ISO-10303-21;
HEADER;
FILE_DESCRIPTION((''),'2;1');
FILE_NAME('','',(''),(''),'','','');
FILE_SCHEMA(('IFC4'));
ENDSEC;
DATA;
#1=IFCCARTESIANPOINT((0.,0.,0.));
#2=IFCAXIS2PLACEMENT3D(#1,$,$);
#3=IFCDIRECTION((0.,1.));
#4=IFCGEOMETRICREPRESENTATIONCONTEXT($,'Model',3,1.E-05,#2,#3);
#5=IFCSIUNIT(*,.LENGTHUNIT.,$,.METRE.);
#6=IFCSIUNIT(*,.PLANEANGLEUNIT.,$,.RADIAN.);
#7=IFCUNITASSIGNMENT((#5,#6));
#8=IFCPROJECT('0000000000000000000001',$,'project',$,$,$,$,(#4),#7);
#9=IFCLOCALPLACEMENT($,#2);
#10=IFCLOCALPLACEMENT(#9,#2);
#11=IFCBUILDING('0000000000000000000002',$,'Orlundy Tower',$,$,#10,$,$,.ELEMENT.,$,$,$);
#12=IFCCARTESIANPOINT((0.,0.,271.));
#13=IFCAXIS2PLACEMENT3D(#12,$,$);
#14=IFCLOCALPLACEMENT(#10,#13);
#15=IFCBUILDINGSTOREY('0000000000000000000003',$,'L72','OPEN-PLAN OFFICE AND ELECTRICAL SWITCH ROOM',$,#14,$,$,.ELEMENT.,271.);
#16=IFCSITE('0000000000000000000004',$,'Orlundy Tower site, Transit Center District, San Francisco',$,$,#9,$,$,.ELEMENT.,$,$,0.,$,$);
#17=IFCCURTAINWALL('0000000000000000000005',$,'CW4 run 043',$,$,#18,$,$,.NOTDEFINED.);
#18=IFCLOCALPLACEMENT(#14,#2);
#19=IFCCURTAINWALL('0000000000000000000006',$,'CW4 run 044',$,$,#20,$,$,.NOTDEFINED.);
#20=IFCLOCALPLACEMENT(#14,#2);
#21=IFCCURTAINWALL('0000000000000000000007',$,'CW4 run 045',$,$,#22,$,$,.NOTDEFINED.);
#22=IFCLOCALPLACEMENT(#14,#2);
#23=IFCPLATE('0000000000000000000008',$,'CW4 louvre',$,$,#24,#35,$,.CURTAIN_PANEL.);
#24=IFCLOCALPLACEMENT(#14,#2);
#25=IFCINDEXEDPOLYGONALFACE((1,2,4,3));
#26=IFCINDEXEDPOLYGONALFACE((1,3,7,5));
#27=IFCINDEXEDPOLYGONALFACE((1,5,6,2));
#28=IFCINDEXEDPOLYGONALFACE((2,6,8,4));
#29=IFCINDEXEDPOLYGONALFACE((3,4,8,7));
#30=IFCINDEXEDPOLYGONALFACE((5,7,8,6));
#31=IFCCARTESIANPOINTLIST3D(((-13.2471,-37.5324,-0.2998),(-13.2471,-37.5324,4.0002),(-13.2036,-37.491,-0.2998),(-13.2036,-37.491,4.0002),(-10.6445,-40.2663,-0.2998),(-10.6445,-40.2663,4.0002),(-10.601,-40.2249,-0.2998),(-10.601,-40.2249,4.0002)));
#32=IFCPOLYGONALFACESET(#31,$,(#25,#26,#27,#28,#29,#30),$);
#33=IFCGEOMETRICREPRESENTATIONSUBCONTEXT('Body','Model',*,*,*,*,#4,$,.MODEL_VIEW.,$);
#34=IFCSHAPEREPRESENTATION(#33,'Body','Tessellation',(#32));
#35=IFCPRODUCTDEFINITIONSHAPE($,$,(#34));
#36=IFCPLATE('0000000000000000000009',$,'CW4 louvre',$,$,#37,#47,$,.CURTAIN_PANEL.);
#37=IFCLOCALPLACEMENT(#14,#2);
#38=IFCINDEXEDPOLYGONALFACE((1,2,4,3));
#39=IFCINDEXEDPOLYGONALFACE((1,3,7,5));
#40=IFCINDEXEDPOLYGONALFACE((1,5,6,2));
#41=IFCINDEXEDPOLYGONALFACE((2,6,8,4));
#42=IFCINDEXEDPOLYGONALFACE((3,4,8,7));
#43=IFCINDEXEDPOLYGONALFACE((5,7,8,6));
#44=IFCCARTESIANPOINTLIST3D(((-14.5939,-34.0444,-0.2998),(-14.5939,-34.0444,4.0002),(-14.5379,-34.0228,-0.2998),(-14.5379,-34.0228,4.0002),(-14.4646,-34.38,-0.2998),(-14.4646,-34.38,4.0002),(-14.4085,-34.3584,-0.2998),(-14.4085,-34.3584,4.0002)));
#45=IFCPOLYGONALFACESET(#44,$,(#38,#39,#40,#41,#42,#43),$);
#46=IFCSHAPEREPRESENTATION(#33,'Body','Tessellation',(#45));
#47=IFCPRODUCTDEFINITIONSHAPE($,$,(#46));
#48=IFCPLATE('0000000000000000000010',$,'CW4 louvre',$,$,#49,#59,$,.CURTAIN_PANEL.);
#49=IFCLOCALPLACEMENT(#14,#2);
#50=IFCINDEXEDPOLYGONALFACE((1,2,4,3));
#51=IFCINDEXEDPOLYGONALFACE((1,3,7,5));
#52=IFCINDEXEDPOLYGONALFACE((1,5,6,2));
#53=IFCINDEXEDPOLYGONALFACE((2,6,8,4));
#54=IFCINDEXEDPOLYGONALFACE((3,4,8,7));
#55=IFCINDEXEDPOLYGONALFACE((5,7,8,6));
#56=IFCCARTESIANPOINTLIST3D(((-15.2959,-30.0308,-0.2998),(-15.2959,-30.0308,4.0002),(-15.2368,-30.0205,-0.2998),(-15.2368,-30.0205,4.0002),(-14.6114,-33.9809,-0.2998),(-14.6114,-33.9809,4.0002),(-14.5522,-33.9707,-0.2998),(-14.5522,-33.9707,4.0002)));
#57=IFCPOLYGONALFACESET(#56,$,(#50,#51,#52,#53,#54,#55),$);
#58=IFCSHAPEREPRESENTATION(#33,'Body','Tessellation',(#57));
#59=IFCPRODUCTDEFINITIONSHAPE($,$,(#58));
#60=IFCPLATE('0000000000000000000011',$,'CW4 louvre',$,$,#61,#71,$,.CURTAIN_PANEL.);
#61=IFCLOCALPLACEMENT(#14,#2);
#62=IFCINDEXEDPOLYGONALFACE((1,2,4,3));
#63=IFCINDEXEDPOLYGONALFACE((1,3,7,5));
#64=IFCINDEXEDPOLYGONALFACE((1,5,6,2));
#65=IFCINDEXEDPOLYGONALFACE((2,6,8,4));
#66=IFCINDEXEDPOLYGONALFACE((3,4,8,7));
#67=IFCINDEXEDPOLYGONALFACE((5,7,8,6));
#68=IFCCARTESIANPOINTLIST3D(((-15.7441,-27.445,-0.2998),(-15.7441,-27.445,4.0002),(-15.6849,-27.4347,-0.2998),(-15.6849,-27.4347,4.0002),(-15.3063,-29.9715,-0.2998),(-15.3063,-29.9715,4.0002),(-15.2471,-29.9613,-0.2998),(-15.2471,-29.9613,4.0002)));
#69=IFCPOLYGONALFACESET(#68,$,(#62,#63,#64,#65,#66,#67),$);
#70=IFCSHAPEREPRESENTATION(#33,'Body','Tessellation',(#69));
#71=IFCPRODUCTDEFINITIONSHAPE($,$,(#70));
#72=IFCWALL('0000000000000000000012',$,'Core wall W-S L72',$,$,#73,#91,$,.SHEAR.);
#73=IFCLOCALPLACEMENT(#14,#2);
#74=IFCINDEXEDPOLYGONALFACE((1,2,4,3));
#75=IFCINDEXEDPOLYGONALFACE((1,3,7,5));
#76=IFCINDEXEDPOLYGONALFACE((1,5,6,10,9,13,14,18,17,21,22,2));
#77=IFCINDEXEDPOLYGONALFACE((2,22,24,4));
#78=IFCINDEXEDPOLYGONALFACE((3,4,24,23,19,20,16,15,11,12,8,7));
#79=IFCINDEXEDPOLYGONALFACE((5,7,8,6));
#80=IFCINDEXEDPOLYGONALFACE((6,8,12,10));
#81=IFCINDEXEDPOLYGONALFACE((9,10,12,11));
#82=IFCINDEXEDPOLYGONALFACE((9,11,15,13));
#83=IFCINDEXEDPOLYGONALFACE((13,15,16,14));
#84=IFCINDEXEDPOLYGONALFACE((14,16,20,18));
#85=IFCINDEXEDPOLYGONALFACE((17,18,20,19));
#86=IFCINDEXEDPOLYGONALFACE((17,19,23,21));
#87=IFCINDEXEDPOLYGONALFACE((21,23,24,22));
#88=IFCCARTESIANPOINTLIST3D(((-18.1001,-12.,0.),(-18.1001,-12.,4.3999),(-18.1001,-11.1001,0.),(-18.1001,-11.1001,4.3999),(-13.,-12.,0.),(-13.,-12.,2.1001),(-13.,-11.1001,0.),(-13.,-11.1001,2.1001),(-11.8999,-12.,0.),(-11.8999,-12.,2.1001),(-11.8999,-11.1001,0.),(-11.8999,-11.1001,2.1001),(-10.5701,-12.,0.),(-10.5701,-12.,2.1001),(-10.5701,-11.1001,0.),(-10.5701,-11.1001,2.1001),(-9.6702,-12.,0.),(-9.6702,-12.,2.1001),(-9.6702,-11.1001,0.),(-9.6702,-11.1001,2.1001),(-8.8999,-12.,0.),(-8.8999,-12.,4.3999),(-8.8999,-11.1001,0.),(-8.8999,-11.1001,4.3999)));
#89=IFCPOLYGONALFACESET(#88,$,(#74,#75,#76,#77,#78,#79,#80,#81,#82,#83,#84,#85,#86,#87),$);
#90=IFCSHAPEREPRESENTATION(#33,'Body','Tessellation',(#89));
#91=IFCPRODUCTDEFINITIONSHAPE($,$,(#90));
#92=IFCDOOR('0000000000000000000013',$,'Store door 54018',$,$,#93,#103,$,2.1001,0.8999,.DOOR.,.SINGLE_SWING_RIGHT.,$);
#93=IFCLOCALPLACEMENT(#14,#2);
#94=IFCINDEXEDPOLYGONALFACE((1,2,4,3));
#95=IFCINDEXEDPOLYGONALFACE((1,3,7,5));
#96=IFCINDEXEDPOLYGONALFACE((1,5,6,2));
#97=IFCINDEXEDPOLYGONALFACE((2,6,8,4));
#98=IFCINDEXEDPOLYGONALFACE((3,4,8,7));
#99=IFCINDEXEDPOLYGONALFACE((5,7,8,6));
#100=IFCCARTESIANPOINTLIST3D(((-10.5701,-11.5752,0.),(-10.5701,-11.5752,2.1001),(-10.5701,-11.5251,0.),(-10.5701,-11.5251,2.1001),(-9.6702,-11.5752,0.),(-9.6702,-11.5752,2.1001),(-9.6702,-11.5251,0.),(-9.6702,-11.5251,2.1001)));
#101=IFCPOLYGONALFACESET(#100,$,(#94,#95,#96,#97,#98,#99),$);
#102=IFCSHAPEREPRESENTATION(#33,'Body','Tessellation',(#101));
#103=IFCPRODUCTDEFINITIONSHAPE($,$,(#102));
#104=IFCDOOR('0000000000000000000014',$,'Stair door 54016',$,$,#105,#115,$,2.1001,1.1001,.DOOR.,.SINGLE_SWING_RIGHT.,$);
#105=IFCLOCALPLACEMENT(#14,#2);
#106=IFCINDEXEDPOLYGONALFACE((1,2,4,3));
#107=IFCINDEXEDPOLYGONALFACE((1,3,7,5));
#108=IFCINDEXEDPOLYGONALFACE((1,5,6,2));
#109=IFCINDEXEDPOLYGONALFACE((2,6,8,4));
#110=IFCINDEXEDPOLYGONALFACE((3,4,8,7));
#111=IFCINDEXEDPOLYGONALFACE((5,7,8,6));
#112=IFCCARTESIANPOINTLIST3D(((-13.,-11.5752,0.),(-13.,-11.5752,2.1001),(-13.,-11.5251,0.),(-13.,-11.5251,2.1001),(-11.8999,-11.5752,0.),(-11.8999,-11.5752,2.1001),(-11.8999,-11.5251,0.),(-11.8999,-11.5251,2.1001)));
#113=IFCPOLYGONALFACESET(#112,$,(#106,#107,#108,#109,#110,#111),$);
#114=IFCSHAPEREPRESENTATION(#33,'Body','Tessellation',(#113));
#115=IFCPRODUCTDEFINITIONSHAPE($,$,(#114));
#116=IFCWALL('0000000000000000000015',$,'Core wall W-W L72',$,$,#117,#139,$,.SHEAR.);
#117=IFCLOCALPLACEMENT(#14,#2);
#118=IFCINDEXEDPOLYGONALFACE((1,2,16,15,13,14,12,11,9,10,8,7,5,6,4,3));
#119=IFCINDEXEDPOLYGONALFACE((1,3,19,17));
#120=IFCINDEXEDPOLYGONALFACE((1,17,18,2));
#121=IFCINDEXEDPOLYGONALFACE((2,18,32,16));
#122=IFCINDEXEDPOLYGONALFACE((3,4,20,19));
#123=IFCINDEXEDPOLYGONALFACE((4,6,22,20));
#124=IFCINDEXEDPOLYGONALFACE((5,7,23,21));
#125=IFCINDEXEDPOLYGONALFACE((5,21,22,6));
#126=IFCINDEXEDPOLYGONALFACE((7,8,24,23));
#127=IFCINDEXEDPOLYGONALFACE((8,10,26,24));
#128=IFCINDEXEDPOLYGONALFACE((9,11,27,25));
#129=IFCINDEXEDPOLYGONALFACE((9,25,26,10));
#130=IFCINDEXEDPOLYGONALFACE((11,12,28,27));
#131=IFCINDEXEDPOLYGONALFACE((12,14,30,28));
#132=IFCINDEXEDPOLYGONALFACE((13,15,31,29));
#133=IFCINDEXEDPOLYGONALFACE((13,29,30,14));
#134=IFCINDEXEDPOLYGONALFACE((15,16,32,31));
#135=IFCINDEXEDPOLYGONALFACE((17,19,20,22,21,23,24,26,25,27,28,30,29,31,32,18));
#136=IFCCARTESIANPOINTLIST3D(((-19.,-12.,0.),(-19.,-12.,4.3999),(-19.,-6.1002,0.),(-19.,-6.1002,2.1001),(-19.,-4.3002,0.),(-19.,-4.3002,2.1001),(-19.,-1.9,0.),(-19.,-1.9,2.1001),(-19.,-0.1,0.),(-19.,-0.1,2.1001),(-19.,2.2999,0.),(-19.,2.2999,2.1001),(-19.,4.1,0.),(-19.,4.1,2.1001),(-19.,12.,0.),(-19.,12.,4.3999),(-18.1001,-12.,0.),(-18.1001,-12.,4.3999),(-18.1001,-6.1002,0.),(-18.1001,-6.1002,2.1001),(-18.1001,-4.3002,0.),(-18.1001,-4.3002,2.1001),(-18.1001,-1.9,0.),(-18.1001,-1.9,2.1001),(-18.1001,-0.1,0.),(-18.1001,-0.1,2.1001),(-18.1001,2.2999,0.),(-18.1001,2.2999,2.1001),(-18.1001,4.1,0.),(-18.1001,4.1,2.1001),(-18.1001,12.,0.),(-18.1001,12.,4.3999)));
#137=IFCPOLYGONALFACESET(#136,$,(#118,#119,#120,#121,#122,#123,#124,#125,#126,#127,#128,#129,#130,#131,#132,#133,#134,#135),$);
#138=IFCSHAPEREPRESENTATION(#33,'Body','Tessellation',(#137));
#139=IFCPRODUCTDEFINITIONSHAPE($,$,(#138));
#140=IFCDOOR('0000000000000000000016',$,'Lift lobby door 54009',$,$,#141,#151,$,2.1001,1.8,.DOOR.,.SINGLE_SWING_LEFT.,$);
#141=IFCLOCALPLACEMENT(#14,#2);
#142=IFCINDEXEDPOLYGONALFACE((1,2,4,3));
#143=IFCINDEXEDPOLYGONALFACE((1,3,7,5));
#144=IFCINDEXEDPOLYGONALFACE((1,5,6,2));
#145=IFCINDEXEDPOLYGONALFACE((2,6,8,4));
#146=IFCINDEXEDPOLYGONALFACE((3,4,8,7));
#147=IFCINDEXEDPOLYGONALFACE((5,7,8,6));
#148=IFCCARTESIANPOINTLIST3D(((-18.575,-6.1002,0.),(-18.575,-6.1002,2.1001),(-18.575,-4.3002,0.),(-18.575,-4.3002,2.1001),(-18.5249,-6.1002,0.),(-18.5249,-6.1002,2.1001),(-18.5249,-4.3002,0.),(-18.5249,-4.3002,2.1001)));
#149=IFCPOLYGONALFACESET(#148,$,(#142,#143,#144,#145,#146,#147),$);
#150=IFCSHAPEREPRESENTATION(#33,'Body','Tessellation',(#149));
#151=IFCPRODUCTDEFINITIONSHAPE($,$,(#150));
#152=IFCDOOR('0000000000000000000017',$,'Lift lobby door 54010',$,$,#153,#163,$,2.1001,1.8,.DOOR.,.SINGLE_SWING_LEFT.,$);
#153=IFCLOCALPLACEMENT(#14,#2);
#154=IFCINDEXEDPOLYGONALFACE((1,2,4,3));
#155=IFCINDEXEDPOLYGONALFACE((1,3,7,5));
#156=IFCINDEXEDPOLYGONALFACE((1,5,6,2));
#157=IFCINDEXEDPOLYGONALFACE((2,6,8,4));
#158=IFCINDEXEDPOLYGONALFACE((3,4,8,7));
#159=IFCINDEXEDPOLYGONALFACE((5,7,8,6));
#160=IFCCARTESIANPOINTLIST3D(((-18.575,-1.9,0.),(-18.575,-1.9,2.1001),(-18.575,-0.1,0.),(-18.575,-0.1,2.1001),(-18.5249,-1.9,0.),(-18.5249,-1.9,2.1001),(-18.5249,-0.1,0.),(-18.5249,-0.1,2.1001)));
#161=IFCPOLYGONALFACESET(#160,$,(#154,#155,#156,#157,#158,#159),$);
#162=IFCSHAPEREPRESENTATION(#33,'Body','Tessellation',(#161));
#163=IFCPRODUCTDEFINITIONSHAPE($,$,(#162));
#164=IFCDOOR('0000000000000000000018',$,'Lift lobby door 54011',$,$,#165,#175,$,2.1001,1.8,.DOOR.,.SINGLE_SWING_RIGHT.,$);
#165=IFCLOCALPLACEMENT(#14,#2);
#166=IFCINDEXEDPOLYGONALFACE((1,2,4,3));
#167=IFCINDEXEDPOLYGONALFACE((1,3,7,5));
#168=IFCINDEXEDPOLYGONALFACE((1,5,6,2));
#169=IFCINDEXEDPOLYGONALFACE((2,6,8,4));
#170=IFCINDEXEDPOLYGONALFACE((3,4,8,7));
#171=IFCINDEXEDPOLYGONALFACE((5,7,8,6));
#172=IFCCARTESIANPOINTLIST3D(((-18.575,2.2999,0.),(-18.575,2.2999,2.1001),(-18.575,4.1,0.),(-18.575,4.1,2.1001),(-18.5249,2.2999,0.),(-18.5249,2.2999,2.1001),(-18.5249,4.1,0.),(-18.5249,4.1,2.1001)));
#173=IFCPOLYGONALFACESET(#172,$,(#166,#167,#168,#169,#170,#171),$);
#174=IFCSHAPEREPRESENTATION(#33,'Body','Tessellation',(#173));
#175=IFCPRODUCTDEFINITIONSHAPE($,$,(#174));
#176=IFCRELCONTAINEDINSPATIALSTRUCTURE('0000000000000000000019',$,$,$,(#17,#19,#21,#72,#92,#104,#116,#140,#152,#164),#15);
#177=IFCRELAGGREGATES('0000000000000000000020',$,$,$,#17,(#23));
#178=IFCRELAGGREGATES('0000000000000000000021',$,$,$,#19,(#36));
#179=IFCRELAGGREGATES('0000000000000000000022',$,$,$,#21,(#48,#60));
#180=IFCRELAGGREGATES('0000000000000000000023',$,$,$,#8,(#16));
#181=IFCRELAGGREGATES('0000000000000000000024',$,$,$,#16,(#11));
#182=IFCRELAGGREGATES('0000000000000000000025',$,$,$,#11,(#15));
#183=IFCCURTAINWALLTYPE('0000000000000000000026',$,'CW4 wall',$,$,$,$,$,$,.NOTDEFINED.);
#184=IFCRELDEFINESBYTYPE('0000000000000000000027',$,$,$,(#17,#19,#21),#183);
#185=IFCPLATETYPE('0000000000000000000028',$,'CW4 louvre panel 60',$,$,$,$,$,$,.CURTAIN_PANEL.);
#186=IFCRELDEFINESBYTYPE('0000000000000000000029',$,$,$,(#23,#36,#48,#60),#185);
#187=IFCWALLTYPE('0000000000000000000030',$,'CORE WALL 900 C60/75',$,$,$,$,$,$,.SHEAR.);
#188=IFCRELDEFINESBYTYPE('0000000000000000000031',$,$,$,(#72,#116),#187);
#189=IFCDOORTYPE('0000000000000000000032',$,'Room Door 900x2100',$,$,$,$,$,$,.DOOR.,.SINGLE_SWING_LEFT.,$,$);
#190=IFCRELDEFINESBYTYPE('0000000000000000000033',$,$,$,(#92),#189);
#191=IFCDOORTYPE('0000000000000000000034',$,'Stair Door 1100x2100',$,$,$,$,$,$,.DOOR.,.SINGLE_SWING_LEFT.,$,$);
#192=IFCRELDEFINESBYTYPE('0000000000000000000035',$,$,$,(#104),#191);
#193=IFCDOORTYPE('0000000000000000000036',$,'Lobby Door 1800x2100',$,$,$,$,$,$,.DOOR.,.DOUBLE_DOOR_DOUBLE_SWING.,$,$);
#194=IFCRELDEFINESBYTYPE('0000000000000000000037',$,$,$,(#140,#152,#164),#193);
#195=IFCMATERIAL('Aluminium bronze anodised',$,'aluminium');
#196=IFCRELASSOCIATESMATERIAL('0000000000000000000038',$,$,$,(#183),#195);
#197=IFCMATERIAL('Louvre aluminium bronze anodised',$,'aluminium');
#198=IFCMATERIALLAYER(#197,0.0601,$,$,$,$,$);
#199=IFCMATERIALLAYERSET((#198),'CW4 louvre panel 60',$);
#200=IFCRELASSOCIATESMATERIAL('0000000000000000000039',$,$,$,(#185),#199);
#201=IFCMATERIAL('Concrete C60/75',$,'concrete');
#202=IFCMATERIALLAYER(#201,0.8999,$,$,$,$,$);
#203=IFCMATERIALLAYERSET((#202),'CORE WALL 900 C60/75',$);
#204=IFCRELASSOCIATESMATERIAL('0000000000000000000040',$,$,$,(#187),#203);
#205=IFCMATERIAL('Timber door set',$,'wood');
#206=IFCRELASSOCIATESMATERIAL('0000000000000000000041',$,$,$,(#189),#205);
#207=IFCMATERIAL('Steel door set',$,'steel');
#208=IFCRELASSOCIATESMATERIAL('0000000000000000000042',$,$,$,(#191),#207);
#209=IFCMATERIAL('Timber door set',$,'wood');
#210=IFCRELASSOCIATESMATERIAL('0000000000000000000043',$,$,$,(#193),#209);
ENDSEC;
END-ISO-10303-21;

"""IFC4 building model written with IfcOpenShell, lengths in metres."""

from ifc_helpers import new_model, si_unit, direction, frame, frame_2d, origin, origin_2d, place, context, subcontext, project, spatial, rectangle, extrude, material, layer, layer_set, type_object, element, fill, aggregate, save


model = new_model("IFC4")

# Units and contexts
model_context = context("Model", 3, precision=1e-05, world=origin(), true_north=direction((0.0, 1.0)))
body_context = subcontext(model_context, "Body", "Model", "MODEL_VIEW")
ifc_project = project(units=[si_unit("LENGTHUNIT", "METRE"), si_unit("PLANEANGLEUNIT", "RADIAN")], contexts=[model_context])

# Site, building, storey
site_placement = place(None, origin())
site = spatial("IfcSite", under=ifc_project, at=site_placement, Name="Orlundy Tower site, Transit Center District, San Francisco", CompositionType="ELEMENT", RefElevation=0.0)
building_placement = place(site_placement, origin())
building = spatial("IfcBuilding", under=site, at=building_placement, Name="Orlundy Tower", CompositionType="ELEMENT")
storey_placement = place(building_placement, frame((0.0, 0.0, 271.0)))
storey = spatial("IfcBuildingStorey", under=building, at=storey_placement, Name="L72", Description="OPEN-PLAN OFFICE AND ELECTRICAL SWITCH ROOM", CompositionType="ELEMENT", Elevation=271.0)

# Curtain wall
ifc_material_1 = material(Name="Aluminium bronze anodised", Category="aluminium")
curtain_wall_type = type_object("IfcCurtainWallType", Name="CW4 wall", PredefinedType="NOTDEFINED", material=ifc_material_1)
curtain_wall_1_placement = place(storey_placement, origin())
curtain_wall_1 = element("IfcCurtainWall", 1, at=curtain_wall_1_placement, inside=storey, type_object=curtain_wall_type, Name="CW4 run 043", PredefinedType="NOTDEFINED")

# Curtain wall
curtain_wall_2_placement = place(storey_placement, origin())
curtain_wall_2 = element("IfcCurtainWall", 2, at=curtain_wall_2_placement, inside=storey, type_object=curtain_wall_type, Name="CW4 run 044", PredefinedType="NOTDEFINED")

# Curtain wall
curtain_wall_3_placement = place(storey_placement, origin())
curtain_wall_3 = element("IfcCurtainWall", 3, at=curtain_wall_3_placement, inside=storey, type_object=curtain_wall_type, Name="CW4 run 045", PredefinedType="NOTDEFINED")

# Shared definitions
ifc_material_2 = material(Name="Louvre aluminium bronze anodised", Category="aluminium")
ifc_layer_1 = layer(ifc_material_2, 0.0601)
ifc_layer_set_1 = layer_set([ifc_layer_1], Name="CW4 louvre panel 60")
plate_type = type_object("IfcPlateType", Name="CW4 louvre panel 60", PredefinedType="CURTAIN_PANEL", material=ifc_layer_set_1)

# Plates
plate_1_placement = place(storey_placement, frame((-11.9241, -38.8787, -0.2998), z_axis=(0.0, 0.0, 1.0), x_axis=(-0.689493, 0.724292, 0.0)))
plate_1 = element("IfcPlate", 4, at=plate_1_placement, type_object=plate_type, Name="CW4 louvre", PredefinedType="CURTAIN_PANEL", context=body_context, shape_type="SweptSolid", body=[
    extrude(rectangle(XDim=3.7747, YDim=0.0601, at=origin_2d()), origin(), (0.0, 0.0, 1.0), 4.3),
])
aggregate(curtain_wall_1, [plate_1])
plate_2_placement = place(storey_placement, frame((-14.5012, -34.2014, -0.2998), z_axis=(0.0, 0.0, 1.0), x_axis=(-0.359594, 0.933109, 0.0)))
plate_2 = element("IfcPlate", 5, at=plate_2_placement, type_object=plate_type, Name="CW4 louvre", PredefinedType="CURTAIN_PANEL", context=body_context, shape_type="SweptSolid", body=[
    extrude(rectangle(XDim=0.3596, YDim=0.0601, at=origin_2d()), origin(), (0.0, 0.0, 1.0), 4.3),
])
aggregate(curtain_wall_2, [plate_2])
plate_3_placement = place(storey_placement, frame((-14.9241, -32.0007, -0.2998), z_axis=(0.0, 0.0, 1.0), x_axis=(-0.170758, 0.985313, 0.0)))
plate_3 = element("IfcPlate", 6, at=plate_3_placement, type_object=plate_type, Name="CW4 louvre", PredefinedType="CURTAIN_PANEL", context=body_context, shape_type="SweptSolid", body=[
    extrude(rectangle(XDim=4.009, YDim=0.0601, at=origin_2d()), origin(), (0.0, 0.0, 1.0), 4.3),
])
plate_4_placement = place(storey_placement, frame((-15.4956, -28.7031, -0.2998), z_axis=(0.0, 0.0, 1.0), x_axis=(-0.170758, 0.985313, 0.0)))
plate_4 = element("IfcPlate", 7, at=plate_4_placement, type_object=plate_type, Name="CW4 louvre", PredefinedType="CURTAIN_PANEL", context=body_context, shape_type="SweptSolid", body=[
    extrude(rectangle(XDim=2.5642, YDim=0.0601, at=origin_2d()), origin(), (0.0, 0.0, 1.0), 4.3),
])
aggregate(curtain_wall_3, [plate_3, plate_4])

# Walls, openings, doors
ifc_material_3 = material(Name="Concrete C60/75", Category="concrete")
ifc_layer_2 = layer(ifc_material_3, 0.8999)
ifc_layer_set_2 = layer_set([ifc_layer_2], Name="CORE WALL 900 C60/75")
wall_type = type_object("IfcWallType", Name="CORE WALL 900 C60/75", PredefinedType="SHEAR", material=ifc_layer_set_2)
wall_1_placement = place(storey_placement, frame((-18.1001, -11.55, 0.0), z_axis=(0.0, 0.0, 1.0), x_axis=(1.0, 0.0, 0.0)))
wall_1 = element("IfcWall", 8, at=wall_1_placement, inside=storey, type_object=wall_type, Name="Core wall W-S L72", PredefinedType="SHEAR", context=body_context, shape_type="SweptSolid", body=[
    extrude(rectangle(XDim=9.2002, YDim=0.8999, at=frame_2d((4.6001, 0.0))), origin(), (0.0, 0.0, 1.0), 4.3999),
])
opening_1_placement = place(wall_1_placement, frame((5.1001, 0.0, 0.0)))
opening_1 = element("IfcOpeningElement", 9, at=opening_1_placement, cuts=wall_1, PredefinedType="OPENING", context=body_context, shape_type="SweptSolid", body=[
    extrude(rectangle(XDim=1.1001, YDim=2.1001, at=frame_2d((0.55, 1.05))), frame((0.0, 0.46, 0.0), z_axis=(0.0, -1.0, 0.0), x_axis=(1.0, 0.0, 0.0)), (0.0, 0.0, 1.0), 0.9199),
])
opening_2_placement = place(wall_1_placement, frame((7.53, 0.0, 0.0)))
opening_2 = element("IfcOpeningElement", 10, at=opening_2_placement, cuts=wall_1, PredefinedType="OPENING", context=body_context, shape_type="SweptSolid", body=[
    extrude(rectangle(XDim=0.8999, YDim=2.1001, at=frame_2d((0.45, 1.05))), frame((0.0, 0.46, 0.0), z_axis=(0.0, -1.0, 0.0), x_axis=(1.0, 0.0, 0.0)), (0.0, 0.0, 1.0), 0.9199),
])
ifc_material_4 = material(Name="Timber door set", Category="wood")
door_type_1 = type_object("IfcDoorType", Name="Room Door 900x2100", OperationType="SINGLE_SWING_LEFT", PredefinedType="DOOR", material=ifc_material_4)
door_1_placement = place(opening_2_placement, origin())
door_1 = element("IfcDoor", 11, at=door_1_placement, inside=storey, type_object=door_type_1, Name="Store door 54018", OperationType="SINGLE_SWING_RIGHT", OverallHeight=2.1001, OverallWidth=0.8999, PredefinedType="DOOR", context=body_context, shape_type="SweptSolid", body=[
    extrude(rectangle(XDim=0.8999, YDim=2.1001, at=frame_2d((0.45, 1.05))), frame((0.0, 0.0249, 0.0), z_axis=(0.0, -1.0, 0.0), x_axis=(1.0, 0.0, 0.0)), (0.0, 0.0, 1.0), 0.05),
])
fill(opening_2, door_1)
ifc_material_5 = material(Name="Steel door set", Category="steel")
door_type_2 = type_object("IfcDoorType", Name="Stair Door 1100x2100", OperationType="SINGLE_SWING_LEFT", PredefinedType="DOOR", material=ifc_material_5)
door_2_placement = place(opening_1_placement, origin())
door_2 = element("IfcDoor", 12, at=door_2_placement, inside=storey, type_object=door_type_2, Name="Stair door 54016", OperationType="SINGLE_SWING_RIGHT", OverallHeight=2.1001, OverallWidth=1.1001, PredefinedType="DOOR", context=body_context, shape_type="SweptSolid", body=[
    extrude(rectangle(XDim=1.1001, YDim=2.1001, at=frame_2d((0.55, 1.05))), frame((0.0, 0.0249, 0.0), z_axis=(0.0, -1.0, 0.0), x_axis=(1.0, 0.0, 0.0)), (0.0, 0.0, 1.0), 0.05),
])
fill(opening_1, door_2)
wall_2_placement = place(storey_placement, frame((-18.55, -12.0, 0.0), z_axis=(0.0, 0.0, 1.0), x_axis=(0.0, 1.0, 0.0)))
wall_2 = element("IfcWall", 13, at=wall_2_placement, inside=storey, type_object=wall_type, Name="Core wall W-W L72", PredefinedType="SHEAR", context=body_context, shape_type="SweptSolid", body=[
    extrude(rectangle(XDim=24.0, YDim=0.8999, at=frame_2d((12.0, 0.0))), origin(), (0.0, 0.0, 1.0), 4.3999),
])
opening_3_placement = place(wall_2_placement, frame((5.8999, 0.0, 0.0)))
opening_3 = element("IfcOpeningElement", 14, at=opening_3_placement, cuts=wall_2, PredefinedType="OPENING", context=body_context, shape_type="SweptSolid", body=[
    extrude(rectangle(XDim=1.8, YDim=2.1001, at=frame_2d((0.8999, 1.05))), frame((0.0, 0.46, 0.0), z_axis=(0.0, -1.0, 0.0), x_axis=(1.0, 0.0, 0.0)), (0.0, 0.0, 1.0), 0.9199),
])
opening_4_placement = place(wall_2_placement, frame((10.1001, 0.0, 0.0)))
opening_4 = element("IfcOpeningElement", 15, at=opening_4_placement, cuts=wall_2, PredefinedType="OPENING", context=body_context, shape_type="SweptSolid", body=[
    extrude(rectangle(XDim=1.8, YDim=2.1001, at=frame_2d((0.8999, 1.05))), frame((0.0, 0.46, 0.0), z_axis=(0.0, -1.0, 0.0), x_axis=(1.0, 0.0, 0.0)), (0.0, 0.0, 1.0), 0.9199),
])
opening_5_placement = place(wall_2_placement, frame((14.3, 0.0, 0.0)))
opening_5 = element("IfcOpeningElement", 16, at=opening_5_placement, cuts=wall_2, PredefinedType="OPENING", context=body_context, shape_type="SweptSolid", body=[
    extrude(rectangle(XDim=1.8, YDim=2.1001, at=frame_2d((0.8999, 1.05))), frame((0.0, 0.46, 0.0), z_axis=(0.0, -1.0, 0.0), x_axis=(1.0, 0.0, 0.0)), (0.0, 0.0, 1.0), 0.9199),
])
ifc_material_6 = material(Name="Timber door set", Category="wood")
door_type_3 = type_object("IfcDoorType", Name="Lobby Door 1800x2100", OperationType="DOUBLE_DOOR_DOUBLE_SWING", PredefinedType="DOOR", material=ifc_material_6)
door_3_placement = place(opening_3_placement, origin())
door_3 = element("IfcDoor", 17, at=door_3_placement, inside=storey, type_object=door_type_3, Name="Lift lobby door 54009", OperationType="SINGLE_SWING_LEFT", OverallHeight=2.1001, OverallWidth=1.8, PredefinedType="DOOR", context=body_context, shape_type="SweptSolid", body=[
    extrude(rectangle(XDim=1.8, YDim=2.1001, at=frame_2d((0.8999, 1.05))), frame((0.0, 0.0249, 0.0), z_axis=(0.0, -1.0, 0.0), x_axis=(1.0, 0.0, 0.0)), (0.0, 0.0, 1.0), 0.05),
])
fill(opening_3, door_3)
door_4_placement = place(opening_4_placement, origin())
door_4 = element("IfcDoor", 18, at=door_4_placement, inside=storey, type_object=door_type_3, Name="Lift lobby door 54010", OperationType="SINGLE_SWING_LEFT", OverallHeight=2.1001, OverallWidth=1.8, PredefinedType="DOOR", context=body_context, shape_type="SweptSolid", body=[
    extrude(rectangle(XDim=1.8, YDim=2.1001, at=frame_2d((0.8999, 1.05))), frame((0.0, 0.0249, 0.0), z_axis=(0.0, -1.0, 0.0), x_axis=(1.0, 0.0, 0.0)), (0.0, 0.0, 1.0), 0.05),
])
fill(opening_4, door_4)
door_5_placement = place(opening_5_placement, origin())
door_5 = element("IfcDoor", 19, at=door_5_placement, inside=storey, type_object=door_type_3, Name="Lift lobby door 54011", OperationType="SINGLE_SWING_RIGHT", OverallHeight=2.1001, OverallWidth=1.8, PredefinedType="DOOR", context=body_context, shape_type="SweptSolid", body=[
    extrude(rectangle(XDim=1.8, YDim=2.1001, at=frame_2d((0.8999, 1.05))), frame((0.0, 0.0249, 0.0), z_axis=(0.0, -1.0, 0.0), x_axis=(1.0, 0.0, 0.0)), (0.0, 0.0, 1.0), 0.05),
])
fill(opening_5, door_5)

save(model, "model.ifc")
